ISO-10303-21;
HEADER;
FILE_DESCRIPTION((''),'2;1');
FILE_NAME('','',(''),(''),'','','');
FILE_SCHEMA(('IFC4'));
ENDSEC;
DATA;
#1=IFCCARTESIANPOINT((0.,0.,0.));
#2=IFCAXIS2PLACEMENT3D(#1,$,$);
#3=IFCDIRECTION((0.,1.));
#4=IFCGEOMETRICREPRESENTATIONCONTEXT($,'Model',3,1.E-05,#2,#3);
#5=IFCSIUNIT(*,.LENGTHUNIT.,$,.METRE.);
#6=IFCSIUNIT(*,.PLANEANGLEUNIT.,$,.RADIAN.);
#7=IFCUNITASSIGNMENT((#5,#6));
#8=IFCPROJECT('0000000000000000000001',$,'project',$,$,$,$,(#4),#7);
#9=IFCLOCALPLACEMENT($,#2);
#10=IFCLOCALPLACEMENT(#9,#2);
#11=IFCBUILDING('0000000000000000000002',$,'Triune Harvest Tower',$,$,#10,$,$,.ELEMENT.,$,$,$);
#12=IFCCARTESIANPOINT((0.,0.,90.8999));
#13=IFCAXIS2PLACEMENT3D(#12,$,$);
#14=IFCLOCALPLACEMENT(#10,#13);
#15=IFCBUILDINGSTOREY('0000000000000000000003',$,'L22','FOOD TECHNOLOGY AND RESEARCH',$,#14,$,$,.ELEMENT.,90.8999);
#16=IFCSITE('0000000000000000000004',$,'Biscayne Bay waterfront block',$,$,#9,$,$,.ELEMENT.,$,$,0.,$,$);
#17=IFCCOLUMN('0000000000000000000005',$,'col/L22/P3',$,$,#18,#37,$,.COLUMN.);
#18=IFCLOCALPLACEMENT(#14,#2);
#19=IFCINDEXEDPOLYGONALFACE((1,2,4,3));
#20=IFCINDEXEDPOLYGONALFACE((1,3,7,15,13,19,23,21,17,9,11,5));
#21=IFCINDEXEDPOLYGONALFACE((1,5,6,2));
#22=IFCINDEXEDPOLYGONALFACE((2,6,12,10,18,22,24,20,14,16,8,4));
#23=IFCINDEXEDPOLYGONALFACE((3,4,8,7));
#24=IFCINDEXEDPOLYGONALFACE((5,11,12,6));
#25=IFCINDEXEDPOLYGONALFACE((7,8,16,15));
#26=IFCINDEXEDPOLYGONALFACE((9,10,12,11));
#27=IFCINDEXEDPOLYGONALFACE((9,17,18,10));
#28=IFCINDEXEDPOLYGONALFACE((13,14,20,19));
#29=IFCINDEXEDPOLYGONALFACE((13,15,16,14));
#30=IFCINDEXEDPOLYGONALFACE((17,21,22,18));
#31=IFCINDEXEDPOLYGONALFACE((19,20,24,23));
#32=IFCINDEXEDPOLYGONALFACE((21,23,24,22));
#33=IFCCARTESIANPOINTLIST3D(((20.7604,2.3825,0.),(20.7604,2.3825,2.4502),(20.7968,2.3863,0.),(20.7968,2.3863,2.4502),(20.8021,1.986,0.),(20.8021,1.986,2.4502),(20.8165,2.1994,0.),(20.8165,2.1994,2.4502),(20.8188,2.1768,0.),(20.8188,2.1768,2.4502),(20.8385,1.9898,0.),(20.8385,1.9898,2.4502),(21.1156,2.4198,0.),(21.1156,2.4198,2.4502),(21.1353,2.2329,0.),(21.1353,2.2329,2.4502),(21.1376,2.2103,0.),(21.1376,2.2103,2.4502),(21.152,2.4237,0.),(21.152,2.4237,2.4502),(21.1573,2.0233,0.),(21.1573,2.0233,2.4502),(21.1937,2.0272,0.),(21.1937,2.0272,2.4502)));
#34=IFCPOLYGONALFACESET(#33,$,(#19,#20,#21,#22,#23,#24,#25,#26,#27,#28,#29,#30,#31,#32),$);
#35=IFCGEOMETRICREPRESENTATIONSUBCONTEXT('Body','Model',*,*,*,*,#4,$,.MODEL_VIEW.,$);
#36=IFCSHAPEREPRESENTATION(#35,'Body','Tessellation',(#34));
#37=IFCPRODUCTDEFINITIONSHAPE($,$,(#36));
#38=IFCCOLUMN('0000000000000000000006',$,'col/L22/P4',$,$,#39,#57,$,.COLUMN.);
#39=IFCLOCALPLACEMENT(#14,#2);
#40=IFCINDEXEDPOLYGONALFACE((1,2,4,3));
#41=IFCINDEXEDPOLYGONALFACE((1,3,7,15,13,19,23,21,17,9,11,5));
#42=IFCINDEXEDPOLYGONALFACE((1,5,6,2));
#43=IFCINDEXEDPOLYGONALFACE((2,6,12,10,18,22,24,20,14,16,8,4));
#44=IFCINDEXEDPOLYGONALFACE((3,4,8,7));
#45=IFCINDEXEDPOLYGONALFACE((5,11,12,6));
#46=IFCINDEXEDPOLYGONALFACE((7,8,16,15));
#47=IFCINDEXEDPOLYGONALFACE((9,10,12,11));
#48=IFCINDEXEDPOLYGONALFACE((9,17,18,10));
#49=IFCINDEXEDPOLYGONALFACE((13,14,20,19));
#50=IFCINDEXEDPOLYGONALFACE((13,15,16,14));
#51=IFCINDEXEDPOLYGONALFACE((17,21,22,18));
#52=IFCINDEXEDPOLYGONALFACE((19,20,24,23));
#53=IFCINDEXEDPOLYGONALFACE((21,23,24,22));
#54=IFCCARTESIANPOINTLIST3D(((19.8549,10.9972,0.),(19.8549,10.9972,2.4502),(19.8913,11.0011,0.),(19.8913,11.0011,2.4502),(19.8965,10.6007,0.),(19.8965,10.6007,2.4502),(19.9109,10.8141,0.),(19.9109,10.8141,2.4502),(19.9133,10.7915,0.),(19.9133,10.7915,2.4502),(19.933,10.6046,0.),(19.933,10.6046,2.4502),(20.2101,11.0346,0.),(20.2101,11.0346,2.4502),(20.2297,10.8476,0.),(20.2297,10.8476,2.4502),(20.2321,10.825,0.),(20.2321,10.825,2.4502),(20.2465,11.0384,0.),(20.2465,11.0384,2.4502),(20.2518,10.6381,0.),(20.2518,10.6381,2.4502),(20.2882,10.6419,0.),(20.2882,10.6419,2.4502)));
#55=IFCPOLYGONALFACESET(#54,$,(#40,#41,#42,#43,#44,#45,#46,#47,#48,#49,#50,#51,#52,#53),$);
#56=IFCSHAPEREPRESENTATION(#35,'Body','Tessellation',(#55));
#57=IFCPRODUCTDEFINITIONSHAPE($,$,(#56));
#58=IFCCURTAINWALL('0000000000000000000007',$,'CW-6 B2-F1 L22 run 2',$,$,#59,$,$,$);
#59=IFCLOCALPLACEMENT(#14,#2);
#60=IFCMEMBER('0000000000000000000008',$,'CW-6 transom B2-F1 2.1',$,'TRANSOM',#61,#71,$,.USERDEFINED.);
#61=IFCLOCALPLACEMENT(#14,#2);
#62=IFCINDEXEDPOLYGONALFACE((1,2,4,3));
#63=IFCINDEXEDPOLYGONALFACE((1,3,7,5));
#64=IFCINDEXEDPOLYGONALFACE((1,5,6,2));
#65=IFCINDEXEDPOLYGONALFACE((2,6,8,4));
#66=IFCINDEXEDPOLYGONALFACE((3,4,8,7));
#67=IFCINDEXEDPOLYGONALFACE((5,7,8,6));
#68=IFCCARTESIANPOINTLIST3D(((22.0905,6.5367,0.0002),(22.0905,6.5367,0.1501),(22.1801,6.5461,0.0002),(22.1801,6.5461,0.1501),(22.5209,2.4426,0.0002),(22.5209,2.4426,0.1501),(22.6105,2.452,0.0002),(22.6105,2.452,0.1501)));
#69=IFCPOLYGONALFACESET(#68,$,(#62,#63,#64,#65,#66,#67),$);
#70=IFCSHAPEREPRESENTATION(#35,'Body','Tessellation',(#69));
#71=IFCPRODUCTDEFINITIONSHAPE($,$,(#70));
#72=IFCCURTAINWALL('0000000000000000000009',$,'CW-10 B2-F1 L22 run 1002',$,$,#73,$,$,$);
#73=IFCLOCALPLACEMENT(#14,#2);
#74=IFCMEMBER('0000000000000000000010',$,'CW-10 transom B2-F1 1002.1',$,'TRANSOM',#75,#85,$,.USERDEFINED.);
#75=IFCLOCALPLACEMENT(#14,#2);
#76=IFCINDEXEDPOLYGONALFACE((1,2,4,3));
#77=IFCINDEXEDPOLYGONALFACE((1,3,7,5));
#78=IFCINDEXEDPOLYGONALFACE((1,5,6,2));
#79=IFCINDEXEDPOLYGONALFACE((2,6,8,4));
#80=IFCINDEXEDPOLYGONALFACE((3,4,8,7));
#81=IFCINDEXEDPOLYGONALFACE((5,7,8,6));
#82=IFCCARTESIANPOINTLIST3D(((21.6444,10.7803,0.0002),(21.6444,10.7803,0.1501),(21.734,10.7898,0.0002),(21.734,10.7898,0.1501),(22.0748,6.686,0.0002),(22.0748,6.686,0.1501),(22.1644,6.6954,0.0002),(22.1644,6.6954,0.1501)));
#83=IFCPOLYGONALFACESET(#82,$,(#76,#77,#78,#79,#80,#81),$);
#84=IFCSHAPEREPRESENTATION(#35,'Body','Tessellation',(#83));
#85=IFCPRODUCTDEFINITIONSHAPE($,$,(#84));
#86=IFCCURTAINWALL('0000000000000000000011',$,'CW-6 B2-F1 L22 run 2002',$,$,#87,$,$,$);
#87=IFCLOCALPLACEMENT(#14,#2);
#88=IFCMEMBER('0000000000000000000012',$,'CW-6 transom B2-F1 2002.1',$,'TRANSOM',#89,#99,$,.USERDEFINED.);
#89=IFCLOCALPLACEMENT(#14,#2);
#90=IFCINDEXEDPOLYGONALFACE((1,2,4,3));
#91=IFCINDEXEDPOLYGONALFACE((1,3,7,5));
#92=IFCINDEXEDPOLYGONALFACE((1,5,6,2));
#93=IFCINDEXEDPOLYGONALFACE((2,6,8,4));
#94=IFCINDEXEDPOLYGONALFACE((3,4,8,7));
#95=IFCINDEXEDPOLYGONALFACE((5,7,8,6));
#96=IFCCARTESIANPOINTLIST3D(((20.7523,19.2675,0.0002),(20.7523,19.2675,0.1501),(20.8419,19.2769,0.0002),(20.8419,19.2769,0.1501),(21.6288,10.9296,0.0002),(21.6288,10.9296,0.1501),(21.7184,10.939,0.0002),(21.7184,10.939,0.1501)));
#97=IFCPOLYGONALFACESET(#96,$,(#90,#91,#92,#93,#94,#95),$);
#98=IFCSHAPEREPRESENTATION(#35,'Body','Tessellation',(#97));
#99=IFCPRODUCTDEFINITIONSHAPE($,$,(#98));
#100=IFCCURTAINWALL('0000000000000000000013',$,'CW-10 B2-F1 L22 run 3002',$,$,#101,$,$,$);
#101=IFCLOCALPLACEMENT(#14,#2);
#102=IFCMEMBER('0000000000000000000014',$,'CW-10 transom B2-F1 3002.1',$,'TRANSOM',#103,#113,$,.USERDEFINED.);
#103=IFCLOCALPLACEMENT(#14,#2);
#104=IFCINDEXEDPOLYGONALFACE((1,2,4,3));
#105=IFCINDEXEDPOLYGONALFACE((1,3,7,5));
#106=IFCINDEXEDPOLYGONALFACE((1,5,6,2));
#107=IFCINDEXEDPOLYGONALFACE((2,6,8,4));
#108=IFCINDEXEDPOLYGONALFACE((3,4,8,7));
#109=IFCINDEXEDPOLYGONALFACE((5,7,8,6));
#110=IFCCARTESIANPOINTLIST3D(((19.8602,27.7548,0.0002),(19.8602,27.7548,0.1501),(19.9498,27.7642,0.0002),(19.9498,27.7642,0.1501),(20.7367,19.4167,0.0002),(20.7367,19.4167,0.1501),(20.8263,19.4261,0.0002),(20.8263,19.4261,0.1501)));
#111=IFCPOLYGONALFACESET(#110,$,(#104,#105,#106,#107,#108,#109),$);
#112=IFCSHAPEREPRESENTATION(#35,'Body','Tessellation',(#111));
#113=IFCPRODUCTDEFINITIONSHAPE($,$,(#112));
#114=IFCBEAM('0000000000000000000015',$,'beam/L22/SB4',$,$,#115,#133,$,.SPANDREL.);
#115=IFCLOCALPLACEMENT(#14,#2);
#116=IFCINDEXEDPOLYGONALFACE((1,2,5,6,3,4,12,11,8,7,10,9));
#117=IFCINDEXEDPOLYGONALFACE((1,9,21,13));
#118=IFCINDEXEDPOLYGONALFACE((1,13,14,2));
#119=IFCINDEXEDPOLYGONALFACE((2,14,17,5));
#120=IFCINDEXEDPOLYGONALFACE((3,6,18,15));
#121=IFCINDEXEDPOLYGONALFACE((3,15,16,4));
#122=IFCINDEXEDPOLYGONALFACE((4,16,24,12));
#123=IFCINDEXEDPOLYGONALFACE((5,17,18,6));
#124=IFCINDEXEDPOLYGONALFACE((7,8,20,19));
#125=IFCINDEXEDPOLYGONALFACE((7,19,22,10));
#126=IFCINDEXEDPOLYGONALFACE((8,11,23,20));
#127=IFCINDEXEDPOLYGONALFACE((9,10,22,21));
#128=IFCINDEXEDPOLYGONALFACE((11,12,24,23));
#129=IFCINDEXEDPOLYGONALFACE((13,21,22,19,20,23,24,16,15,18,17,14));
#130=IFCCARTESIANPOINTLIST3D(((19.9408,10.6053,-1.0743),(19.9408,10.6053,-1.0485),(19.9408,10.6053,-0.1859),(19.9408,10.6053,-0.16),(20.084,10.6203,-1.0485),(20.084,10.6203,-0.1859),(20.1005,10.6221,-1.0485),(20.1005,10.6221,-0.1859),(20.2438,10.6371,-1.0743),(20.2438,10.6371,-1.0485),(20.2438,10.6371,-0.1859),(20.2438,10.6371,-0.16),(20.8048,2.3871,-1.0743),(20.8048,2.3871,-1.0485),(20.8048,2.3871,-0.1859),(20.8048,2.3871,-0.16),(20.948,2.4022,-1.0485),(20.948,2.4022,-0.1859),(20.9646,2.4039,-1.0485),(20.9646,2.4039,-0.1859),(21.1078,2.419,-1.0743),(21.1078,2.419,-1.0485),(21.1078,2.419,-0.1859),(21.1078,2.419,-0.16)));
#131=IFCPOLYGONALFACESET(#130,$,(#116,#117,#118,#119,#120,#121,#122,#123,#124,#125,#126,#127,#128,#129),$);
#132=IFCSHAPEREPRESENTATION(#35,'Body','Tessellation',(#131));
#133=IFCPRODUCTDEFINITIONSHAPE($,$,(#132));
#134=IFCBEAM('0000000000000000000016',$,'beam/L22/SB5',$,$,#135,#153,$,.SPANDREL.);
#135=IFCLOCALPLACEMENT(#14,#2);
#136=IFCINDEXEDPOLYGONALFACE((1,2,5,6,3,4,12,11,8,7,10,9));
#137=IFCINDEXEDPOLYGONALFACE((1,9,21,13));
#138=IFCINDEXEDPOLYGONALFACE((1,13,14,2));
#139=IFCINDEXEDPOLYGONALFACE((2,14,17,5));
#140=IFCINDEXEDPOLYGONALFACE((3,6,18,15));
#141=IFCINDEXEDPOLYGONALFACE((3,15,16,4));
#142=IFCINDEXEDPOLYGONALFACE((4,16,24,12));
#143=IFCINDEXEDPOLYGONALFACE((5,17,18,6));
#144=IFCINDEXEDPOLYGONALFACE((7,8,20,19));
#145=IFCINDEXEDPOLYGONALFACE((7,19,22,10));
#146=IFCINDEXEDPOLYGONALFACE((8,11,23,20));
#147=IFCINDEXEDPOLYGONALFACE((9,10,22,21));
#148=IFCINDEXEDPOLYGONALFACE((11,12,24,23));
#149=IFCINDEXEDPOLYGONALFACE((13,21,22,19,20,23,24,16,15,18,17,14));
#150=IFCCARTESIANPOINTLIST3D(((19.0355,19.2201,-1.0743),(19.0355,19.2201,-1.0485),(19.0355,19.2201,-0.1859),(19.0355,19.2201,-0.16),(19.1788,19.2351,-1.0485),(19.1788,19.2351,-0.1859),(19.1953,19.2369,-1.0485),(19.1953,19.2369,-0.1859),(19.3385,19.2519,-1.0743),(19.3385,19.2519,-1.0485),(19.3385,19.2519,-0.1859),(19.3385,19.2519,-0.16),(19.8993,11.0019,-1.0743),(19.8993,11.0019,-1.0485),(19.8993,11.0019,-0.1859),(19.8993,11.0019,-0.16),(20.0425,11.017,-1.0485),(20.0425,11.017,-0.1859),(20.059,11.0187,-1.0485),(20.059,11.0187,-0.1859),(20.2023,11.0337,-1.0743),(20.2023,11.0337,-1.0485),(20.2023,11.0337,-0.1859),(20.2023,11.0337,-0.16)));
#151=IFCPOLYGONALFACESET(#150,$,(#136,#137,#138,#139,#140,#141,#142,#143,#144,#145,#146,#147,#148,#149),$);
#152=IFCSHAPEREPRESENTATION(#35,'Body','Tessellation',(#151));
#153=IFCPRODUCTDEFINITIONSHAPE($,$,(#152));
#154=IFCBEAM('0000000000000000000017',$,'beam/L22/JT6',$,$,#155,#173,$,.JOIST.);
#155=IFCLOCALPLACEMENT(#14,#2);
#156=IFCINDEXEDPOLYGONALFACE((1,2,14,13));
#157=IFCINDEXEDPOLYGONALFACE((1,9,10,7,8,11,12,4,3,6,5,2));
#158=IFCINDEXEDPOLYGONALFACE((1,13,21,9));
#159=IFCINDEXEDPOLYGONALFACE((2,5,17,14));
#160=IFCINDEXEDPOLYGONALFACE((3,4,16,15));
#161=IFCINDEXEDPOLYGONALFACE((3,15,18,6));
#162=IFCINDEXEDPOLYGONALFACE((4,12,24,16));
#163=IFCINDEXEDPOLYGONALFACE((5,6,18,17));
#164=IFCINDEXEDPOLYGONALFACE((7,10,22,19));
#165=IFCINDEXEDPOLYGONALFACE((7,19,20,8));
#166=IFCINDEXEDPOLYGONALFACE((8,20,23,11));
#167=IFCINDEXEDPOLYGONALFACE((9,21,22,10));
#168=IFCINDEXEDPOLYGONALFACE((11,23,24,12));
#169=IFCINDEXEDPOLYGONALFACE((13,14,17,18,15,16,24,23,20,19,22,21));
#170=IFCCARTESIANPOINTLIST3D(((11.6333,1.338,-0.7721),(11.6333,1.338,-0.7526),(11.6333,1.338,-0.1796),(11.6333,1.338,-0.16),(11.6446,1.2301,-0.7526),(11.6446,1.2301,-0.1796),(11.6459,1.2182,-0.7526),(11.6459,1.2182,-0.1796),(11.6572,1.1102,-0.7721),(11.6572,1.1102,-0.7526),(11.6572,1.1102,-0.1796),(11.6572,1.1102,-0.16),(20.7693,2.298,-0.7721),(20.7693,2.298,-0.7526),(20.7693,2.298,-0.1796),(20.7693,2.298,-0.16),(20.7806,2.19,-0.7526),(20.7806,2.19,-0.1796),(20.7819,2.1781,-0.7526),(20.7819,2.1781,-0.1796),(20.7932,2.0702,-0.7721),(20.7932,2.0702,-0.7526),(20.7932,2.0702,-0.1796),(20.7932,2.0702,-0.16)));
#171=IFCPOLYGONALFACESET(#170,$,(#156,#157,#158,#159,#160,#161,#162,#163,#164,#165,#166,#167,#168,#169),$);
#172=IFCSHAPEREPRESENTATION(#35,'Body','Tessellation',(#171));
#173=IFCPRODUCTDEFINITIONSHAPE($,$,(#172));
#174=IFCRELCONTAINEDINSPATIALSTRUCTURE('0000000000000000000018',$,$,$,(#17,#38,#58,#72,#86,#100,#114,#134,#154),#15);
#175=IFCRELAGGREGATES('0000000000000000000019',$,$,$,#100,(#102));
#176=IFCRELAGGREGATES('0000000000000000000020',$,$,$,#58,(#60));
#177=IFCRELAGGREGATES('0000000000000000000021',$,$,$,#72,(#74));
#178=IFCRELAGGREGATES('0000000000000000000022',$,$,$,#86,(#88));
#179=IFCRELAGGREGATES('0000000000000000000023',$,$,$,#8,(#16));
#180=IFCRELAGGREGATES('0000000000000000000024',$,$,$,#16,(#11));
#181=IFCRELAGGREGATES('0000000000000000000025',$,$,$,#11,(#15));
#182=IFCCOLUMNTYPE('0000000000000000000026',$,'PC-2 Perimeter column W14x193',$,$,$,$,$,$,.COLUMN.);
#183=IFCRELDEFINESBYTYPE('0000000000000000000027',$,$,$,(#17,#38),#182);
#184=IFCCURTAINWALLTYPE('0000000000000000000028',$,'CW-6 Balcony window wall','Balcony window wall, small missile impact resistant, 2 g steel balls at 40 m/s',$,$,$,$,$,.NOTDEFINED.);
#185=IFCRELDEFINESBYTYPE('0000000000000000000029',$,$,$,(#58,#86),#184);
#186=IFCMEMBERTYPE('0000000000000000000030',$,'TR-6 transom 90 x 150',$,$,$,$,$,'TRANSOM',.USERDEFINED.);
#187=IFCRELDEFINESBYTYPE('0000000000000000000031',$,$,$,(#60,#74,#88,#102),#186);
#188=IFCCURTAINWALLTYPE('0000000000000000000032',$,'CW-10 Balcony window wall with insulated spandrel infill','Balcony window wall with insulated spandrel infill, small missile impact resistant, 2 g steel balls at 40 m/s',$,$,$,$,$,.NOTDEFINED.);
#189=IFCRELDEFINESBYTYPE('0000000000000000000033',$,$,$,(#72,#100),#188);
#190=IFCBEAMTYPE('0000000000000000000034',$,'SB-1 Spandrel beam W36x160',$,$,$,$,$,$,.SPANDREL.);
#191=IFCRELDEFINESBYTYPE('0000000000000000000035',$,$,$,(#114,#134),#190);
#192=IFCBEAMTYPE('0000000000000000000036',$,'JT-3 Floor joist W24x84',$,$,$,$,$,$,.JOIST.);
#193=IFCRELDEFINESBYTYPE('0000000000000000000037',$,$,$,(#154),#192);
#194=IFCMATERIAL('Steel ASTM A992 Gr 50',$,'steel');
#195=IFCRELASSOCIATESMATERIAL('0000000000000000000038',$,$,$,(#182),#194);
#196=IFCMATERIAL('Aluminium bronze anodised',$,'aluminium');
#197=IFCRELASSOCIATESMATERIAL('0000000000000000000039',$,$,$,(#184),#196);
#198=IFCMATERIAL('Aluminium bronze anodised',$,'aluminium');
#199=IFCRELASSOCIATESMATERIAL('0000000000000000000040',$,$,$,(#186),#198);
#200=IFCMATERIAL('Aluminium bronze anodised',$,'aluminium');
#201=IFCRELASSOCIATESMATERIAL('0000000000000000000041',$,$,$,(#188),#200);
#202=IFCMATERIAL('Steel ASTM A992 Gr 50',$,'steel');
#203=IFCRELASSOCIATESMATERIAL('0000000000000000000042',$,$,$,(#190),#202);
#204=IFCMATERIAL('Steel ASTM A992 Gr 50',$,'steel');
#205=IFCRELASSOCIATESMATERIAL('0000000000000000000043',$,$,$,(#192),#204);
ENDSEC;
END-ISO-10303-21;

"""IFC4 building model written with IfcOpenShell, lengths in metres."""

from ifc_helpers import new_model, si_unit, direction, frame, origin, origin_2d, place, context, subcontext, project, spatial, rectangle, i_section, extrude, source, transform, mapped, material, material_profile, profile_set, type_object, element, aggregate, save


model = new_model("IFC4")

# Units and contexts
model_context = context("Model", 3, precision=1e-05, world=origin(), true_north=direction((0.0, 1.0)))
body_context = subcontext(model_context, "Body", "Model", "MODEL_VIEW")
ifc_project = project(units=[si_unit("LENGTHUNIT", "METRE"), si_unit("PLANEANGLEUNIT", "RADIAN")], contexts=[model_context])

# Site, building, storey
site_placement = place(None, origin())
site = spatial("IfcSite", under=ifc_project, at=site_placement, Name="Biscayne Bay waterfront block", CompositionType="ELEMENT", RefElevation=0.0)
building_placement = place(site_placement, origin())
building = spatial("IfcBuilding", under=site, at=building_placement, Name="Triune Harvest Tower", CompositionType="ELEMENT")
storey_placement = place(building_placement, frame((0.0, 0.0, 90.8999)))
storey = spatial("IfcBuildingStorey", under=building, at=storey_placement, Name="L22", Description="FOOD TECHNOLOGY AND RESEARCH", CompositionType="ELEMENT", Elevation=90.8999)

# Columns
ifc_material_1 = material(Name="Steel ASTM A992 Gr 50", Category="steel")
ifc_material_profile_1 = material_profile(ifc_material_1, i_section(OverallWidth=0.3987, OverallDepth=0.3938, WebThickness=0.0227, FlangeThickness=0.0366, at=origin_2d()), Name="W14x193")
ifc_profile_set_1 = profile_set([ifc_material_profile_1], Name="Steel ASTM A992 Gr 50")
column_type = type_object("IfcColumnType", Name="PC-2 Perimeter column W14x193", PredefinedType="COLUMN", material=ifc_profile_set_1)
shared_shape_1 = source(origin(), body_context, "Body", "SweptSolid", [
    extrude(i_section(OverallWidth=0.3987, OverallDepth=0.3938, WebThickness=0.0227, FlangeThickness=0.0366, at=origin_2d()), origin(), (0.0, 0.0, 1.0), 2.4502),
])
for number, where, z_axis, x_axis, name in (
    (1, (20.9771, 2.2048, 0.0), (0.0, 0.0, 1.0), (-0.104527, 0.994522, 0.0), "col/L22/P3"),
    (2, (20.0715, 10.8196, 0.0), (0.0, 0.0, 1.0), (-0.104527, 0.994522, 0.0), "col/L22/P4"),
):
    element("IfcColumn", number, at=place(storey_placement, frame(where, z_axis=z_axis, x_axis=x_axis)), inside=storey, type_object=column_type, Name=name, PredefinedType="COLUMN", context=body_context, shape_type="MappedRepresentation", body=[
        mapped(shared_shape_1, transform((0.0, 0.0, 0.0), scale=1.0)),
    ])

# Curtain walls, members
ifc_material_2 = material(Name="Aluminium bronze anodised", Category="aluminium")
curtain_wall_type_1 = type_object("IfcCurtainWallType", Name="CW-6 Balcony window wall", Description="Balcony window wall, small missile impact resistant, 2 g steel balls at 40 m/s", PredefinedType="NOTDEFINED", material=ifc_material_2)
curtain_wall_1_placement = place(storey_placement, origin())
curtain_wall_1 = element("IfcCurtainWall", 3, at=curtain_wall_1_placement, inside=storey, type_object=curtain_wall_type_1, Name="CW-6 B2-F1 L22 run 2")
ifc_material_3 = material(Name="Aluminium bronze anodised", Category="aluminium")
ifc_material_profile_2 = material_profile(ifc_material_3, rectangle(XDim=0.0901, YDim=0.1499, at=origin_2d()), Name="TR-6 transom 90 x 150")
ifc_profile_set_2 = profile_set([ifc_material_profile_2], Name="Aluminium bronze anodised")
member_type_1 = type_object("IfcMemberType", Name="TR-6 transom 90 x 150", ElementType="TRANSOM", PredefinedType="USERDEFINED", material=ifc_profile_set_2)
member_1_placement = place(storey_placement, frame((22.5657, 2.4473, 0.0752), z_axis=(-0.104552, 0.994519, 0.0), x_axis=(-0.994519, -0.104552, 0.0)))
member_1 = element("IfcMember", 4, at=member_1_placement, type_object=member_type_1, Name="CW-6 transom B2-F1 2.1", ObjectType="TRANSOM", PredefinedType="USERDEFINED", context=body_context, shape_type="SweptSolid", body=[
    extrude(rectangle(XDim=0.0901, YDim=0.1499, at=origin_2d()), origin(), (0.0, 0.0, 1.0), 4.1167),
])
ifc_material_4 = material(Name="Aluminium bronze anodised", Category="aluminium")
curtain_wall_type_2 = type_object("IfcCurtainWallType", Name="CW-10 Balcony window wall with insulated spandrel infill", Description="Balcony window wall with insulated spandrel infill, small missile impact resistant, 2 g steel balls at 40 m/s", PredefinedType="NOTDEFINED", material=ifc_material_4)
curtain_wall_2_placement = place(storey_placement, origin())
curtain_wall_2 = element("IfcCurtainWall", 5, at=curtain_wall_2_placement, inside=storey, type_object=curtain_wall_type_2, Name="CW-10 B2-F1 L22 run 1002")
member_2_placement = place(storey_placement, frame((22.1196, 6.6907, 0.0752), z_axis=(-0.104546, 0.99452, 0.0), x_axis=(-0.99452, -0.104546, 0.0)))
member_2 = element("IfcMember", 6, at=member_2_placement, type_object=member_type_1, Name="CW-10 transom B2-F1 1002.1", ObjectType="TRANSOM", PredefinedType="USERDEFINED", context=body_context, shape_type="SweptSolid", body=[
    extrude(rectangle(XDim=0.0901, YDim=0.1499, at=origin_2d()), origin(), (0.0, 0.0, 1.0), 4.1169),
])
curtain_wall_3_placement = place(storey_placement, origin())
curtain_wall_3 = element("IfcCurtainWall", 7, at=curtain_wall_3_placement, inside=storey, type_object=curtain_wall_type_1, Name="CW-6 B2-F1 L22 run 2002")
member_3_placement = place(storey_placement, frame((21.6736, 10.9343, 0.0752), z_axis=(-0.104542, 0.99452, 0.0), x_axis=(-0.99452, -0.104542, 0.0)))
member_3 = element("IfcMember", 8, at=member_3_placement, type_object=member_type_1, Name="CW-6 transom B2-F1 2002.1", ObjectType="TRANSOM", PredefinedType="USERDEFINED", context=body_context, shape_type="SweptSolid", body=[
    extrude(rectangle(XDim=0.0901, YDim=0.1499, at=origin_2d()), origin(), (0.0, 0.0, 1.0), 8.3838),
])
curtain_wall_4_placement = place(storey_placement, origin())
curtain_wall_4 = element("IfcCurtainWall", 9, at=curtain_wall_4_placement, inside=storey, type_object=curtain_wall_type_2, Name="CW-10 B2-F1 L22 run 3002")
member_4_placement = place(storey_placement, frame((20.7815, 19.4214, 0.0752), z_axis=(-0.104539, 0.994521, 0.0), x_axis=(-0.994521, -0.104539, 0.0)))
member_4 = element("IfcMember", 10, at=member_4_placement, type_object=member_type_1, Name="CW-10 transom B2-F1 3002.1", ObjectType="TRANSOM", PredefinedType="USERDEFINED", context=body_context, shape_type="SweptSolid", body=[
    extrude(rectangle(XDim=0.0901, YDim=0.1499, at=origin_2d()), origin(), (0.0, 0.0, 1.0), 8.384),
])

# Beams
ifc_material_5 = material(Name="Steel ASTM A992 Gr 50", Category="steel")
ifc_material_profile_3 = material_profile(ifc_material_5, i_section(OverallWidth=0.3047, OverallDepth=0.9143, WebThickness=0.0166, FlangeThickness=0.0259, at=origin_2d()), Name="W36x160")
ifc_profile_set_3 = profile_set([ifc_material_profile_3], Name="Steel ASTM A992 Gr 50")
beam_type_1 = type_object("IfcBeamType", Name="SB-1 Spandrel beam W36x160", PredefinedType="SPANDREL", material=ifc_profile_set_3)
shared_shape_2 = source(origin(), body_context, "Body", "SweptSolid", [
    extrude(i_section(OverallWidth=0.3047, OverallDepth=0.9143, WebThickness=0.0166, FlangeThickness=0.0259, at=origin_2d()), origin(), (0.0, 0.0, 1.0), 8.2634),
])
for number, where, z_axis, x_axis, name in (
    (11, (20.9563, 2.4031, -0.6172), (-0.10456, 0.994519, 0.0), (-0.994519, -0.10456, 0.0), "beam/L22/SB4"),
    (12, (20.0508, 11.0178, -0.6172), (-0.104528, 0.994522, 0.0), (-0.994522, -0.104528, 0.0), "beam/L22/SB5"),
):
    element("IfcBeam", number, at=place(storey_placement, frame(where, z_axis=z_axis, x_axis=x_axis)), inside=storey, type_object=beam_type_1, Name=name, PredefinedType="SPANDREL", context=body_context, shape_type="MappedRepresentation", body=[
        mapped(shared_shape_2, transform((0.0, 0.0, 0.0), scale=1.0)),
    ])
ifc_material_6 = material(Name="Steel ASTM A992 Gr 50", Category="steel")
ifc_material_profile_4 = material_profile(ifc_material_6, i_section(OverallWidth=0.229, OverallDepth=0.6121, WebThickness=0.012, FlangeThickness=0.0195, at=origin_2d()), Name="W24x84")
ifc_profile_set_4 = profile_set([ifc_material_profile_4], Name="Steel ASTM A992 Gr 50")
beam_type_2 = type_object("IfcBeamType", Name="JT-3 Floor joist W24x84", PredefinedType="JOIST", material=ifc_profile_set_4)
shared_shape_3 = source(origin(), body_context, "Body", "SweptSolid", [
    extrude(i_section(OverallWidth=0.229, OverallDepth=0.6121, WebThickness=0.012, FlangeThickness=0.0195, at=origin_2d()), origin(), (0.0, 0.0, 1.0), 9.1863),
])
beam_1_placement = place(storey_placement, frame((20.7812, 2.1841, -0.4661), z_axis=(-0.994525, -0.104499, 0.0), x_axis=(0.104499, -0.994525, 0.0)))
element("IfcBeam", 13, at=beam_1_placement, inside=storey, type_object=beam_type_2, Name="beam/L22/JT6", PredefinedType="JOIST", context=body_context, shape_type="MappedRepresentation", body=[
    mapped(shared_shape_3, transform((0.0, 0.0, 0.0), scale=1.0)),
])

aggregate(curtain_wall_4, [member_4])

aggregate(curtain_wall_1, [member_1])
aggregate(curtain_wall_2, [member_2])
aggregate(curtain_wall_3, [member_3])

save(model, "model.ifc")
